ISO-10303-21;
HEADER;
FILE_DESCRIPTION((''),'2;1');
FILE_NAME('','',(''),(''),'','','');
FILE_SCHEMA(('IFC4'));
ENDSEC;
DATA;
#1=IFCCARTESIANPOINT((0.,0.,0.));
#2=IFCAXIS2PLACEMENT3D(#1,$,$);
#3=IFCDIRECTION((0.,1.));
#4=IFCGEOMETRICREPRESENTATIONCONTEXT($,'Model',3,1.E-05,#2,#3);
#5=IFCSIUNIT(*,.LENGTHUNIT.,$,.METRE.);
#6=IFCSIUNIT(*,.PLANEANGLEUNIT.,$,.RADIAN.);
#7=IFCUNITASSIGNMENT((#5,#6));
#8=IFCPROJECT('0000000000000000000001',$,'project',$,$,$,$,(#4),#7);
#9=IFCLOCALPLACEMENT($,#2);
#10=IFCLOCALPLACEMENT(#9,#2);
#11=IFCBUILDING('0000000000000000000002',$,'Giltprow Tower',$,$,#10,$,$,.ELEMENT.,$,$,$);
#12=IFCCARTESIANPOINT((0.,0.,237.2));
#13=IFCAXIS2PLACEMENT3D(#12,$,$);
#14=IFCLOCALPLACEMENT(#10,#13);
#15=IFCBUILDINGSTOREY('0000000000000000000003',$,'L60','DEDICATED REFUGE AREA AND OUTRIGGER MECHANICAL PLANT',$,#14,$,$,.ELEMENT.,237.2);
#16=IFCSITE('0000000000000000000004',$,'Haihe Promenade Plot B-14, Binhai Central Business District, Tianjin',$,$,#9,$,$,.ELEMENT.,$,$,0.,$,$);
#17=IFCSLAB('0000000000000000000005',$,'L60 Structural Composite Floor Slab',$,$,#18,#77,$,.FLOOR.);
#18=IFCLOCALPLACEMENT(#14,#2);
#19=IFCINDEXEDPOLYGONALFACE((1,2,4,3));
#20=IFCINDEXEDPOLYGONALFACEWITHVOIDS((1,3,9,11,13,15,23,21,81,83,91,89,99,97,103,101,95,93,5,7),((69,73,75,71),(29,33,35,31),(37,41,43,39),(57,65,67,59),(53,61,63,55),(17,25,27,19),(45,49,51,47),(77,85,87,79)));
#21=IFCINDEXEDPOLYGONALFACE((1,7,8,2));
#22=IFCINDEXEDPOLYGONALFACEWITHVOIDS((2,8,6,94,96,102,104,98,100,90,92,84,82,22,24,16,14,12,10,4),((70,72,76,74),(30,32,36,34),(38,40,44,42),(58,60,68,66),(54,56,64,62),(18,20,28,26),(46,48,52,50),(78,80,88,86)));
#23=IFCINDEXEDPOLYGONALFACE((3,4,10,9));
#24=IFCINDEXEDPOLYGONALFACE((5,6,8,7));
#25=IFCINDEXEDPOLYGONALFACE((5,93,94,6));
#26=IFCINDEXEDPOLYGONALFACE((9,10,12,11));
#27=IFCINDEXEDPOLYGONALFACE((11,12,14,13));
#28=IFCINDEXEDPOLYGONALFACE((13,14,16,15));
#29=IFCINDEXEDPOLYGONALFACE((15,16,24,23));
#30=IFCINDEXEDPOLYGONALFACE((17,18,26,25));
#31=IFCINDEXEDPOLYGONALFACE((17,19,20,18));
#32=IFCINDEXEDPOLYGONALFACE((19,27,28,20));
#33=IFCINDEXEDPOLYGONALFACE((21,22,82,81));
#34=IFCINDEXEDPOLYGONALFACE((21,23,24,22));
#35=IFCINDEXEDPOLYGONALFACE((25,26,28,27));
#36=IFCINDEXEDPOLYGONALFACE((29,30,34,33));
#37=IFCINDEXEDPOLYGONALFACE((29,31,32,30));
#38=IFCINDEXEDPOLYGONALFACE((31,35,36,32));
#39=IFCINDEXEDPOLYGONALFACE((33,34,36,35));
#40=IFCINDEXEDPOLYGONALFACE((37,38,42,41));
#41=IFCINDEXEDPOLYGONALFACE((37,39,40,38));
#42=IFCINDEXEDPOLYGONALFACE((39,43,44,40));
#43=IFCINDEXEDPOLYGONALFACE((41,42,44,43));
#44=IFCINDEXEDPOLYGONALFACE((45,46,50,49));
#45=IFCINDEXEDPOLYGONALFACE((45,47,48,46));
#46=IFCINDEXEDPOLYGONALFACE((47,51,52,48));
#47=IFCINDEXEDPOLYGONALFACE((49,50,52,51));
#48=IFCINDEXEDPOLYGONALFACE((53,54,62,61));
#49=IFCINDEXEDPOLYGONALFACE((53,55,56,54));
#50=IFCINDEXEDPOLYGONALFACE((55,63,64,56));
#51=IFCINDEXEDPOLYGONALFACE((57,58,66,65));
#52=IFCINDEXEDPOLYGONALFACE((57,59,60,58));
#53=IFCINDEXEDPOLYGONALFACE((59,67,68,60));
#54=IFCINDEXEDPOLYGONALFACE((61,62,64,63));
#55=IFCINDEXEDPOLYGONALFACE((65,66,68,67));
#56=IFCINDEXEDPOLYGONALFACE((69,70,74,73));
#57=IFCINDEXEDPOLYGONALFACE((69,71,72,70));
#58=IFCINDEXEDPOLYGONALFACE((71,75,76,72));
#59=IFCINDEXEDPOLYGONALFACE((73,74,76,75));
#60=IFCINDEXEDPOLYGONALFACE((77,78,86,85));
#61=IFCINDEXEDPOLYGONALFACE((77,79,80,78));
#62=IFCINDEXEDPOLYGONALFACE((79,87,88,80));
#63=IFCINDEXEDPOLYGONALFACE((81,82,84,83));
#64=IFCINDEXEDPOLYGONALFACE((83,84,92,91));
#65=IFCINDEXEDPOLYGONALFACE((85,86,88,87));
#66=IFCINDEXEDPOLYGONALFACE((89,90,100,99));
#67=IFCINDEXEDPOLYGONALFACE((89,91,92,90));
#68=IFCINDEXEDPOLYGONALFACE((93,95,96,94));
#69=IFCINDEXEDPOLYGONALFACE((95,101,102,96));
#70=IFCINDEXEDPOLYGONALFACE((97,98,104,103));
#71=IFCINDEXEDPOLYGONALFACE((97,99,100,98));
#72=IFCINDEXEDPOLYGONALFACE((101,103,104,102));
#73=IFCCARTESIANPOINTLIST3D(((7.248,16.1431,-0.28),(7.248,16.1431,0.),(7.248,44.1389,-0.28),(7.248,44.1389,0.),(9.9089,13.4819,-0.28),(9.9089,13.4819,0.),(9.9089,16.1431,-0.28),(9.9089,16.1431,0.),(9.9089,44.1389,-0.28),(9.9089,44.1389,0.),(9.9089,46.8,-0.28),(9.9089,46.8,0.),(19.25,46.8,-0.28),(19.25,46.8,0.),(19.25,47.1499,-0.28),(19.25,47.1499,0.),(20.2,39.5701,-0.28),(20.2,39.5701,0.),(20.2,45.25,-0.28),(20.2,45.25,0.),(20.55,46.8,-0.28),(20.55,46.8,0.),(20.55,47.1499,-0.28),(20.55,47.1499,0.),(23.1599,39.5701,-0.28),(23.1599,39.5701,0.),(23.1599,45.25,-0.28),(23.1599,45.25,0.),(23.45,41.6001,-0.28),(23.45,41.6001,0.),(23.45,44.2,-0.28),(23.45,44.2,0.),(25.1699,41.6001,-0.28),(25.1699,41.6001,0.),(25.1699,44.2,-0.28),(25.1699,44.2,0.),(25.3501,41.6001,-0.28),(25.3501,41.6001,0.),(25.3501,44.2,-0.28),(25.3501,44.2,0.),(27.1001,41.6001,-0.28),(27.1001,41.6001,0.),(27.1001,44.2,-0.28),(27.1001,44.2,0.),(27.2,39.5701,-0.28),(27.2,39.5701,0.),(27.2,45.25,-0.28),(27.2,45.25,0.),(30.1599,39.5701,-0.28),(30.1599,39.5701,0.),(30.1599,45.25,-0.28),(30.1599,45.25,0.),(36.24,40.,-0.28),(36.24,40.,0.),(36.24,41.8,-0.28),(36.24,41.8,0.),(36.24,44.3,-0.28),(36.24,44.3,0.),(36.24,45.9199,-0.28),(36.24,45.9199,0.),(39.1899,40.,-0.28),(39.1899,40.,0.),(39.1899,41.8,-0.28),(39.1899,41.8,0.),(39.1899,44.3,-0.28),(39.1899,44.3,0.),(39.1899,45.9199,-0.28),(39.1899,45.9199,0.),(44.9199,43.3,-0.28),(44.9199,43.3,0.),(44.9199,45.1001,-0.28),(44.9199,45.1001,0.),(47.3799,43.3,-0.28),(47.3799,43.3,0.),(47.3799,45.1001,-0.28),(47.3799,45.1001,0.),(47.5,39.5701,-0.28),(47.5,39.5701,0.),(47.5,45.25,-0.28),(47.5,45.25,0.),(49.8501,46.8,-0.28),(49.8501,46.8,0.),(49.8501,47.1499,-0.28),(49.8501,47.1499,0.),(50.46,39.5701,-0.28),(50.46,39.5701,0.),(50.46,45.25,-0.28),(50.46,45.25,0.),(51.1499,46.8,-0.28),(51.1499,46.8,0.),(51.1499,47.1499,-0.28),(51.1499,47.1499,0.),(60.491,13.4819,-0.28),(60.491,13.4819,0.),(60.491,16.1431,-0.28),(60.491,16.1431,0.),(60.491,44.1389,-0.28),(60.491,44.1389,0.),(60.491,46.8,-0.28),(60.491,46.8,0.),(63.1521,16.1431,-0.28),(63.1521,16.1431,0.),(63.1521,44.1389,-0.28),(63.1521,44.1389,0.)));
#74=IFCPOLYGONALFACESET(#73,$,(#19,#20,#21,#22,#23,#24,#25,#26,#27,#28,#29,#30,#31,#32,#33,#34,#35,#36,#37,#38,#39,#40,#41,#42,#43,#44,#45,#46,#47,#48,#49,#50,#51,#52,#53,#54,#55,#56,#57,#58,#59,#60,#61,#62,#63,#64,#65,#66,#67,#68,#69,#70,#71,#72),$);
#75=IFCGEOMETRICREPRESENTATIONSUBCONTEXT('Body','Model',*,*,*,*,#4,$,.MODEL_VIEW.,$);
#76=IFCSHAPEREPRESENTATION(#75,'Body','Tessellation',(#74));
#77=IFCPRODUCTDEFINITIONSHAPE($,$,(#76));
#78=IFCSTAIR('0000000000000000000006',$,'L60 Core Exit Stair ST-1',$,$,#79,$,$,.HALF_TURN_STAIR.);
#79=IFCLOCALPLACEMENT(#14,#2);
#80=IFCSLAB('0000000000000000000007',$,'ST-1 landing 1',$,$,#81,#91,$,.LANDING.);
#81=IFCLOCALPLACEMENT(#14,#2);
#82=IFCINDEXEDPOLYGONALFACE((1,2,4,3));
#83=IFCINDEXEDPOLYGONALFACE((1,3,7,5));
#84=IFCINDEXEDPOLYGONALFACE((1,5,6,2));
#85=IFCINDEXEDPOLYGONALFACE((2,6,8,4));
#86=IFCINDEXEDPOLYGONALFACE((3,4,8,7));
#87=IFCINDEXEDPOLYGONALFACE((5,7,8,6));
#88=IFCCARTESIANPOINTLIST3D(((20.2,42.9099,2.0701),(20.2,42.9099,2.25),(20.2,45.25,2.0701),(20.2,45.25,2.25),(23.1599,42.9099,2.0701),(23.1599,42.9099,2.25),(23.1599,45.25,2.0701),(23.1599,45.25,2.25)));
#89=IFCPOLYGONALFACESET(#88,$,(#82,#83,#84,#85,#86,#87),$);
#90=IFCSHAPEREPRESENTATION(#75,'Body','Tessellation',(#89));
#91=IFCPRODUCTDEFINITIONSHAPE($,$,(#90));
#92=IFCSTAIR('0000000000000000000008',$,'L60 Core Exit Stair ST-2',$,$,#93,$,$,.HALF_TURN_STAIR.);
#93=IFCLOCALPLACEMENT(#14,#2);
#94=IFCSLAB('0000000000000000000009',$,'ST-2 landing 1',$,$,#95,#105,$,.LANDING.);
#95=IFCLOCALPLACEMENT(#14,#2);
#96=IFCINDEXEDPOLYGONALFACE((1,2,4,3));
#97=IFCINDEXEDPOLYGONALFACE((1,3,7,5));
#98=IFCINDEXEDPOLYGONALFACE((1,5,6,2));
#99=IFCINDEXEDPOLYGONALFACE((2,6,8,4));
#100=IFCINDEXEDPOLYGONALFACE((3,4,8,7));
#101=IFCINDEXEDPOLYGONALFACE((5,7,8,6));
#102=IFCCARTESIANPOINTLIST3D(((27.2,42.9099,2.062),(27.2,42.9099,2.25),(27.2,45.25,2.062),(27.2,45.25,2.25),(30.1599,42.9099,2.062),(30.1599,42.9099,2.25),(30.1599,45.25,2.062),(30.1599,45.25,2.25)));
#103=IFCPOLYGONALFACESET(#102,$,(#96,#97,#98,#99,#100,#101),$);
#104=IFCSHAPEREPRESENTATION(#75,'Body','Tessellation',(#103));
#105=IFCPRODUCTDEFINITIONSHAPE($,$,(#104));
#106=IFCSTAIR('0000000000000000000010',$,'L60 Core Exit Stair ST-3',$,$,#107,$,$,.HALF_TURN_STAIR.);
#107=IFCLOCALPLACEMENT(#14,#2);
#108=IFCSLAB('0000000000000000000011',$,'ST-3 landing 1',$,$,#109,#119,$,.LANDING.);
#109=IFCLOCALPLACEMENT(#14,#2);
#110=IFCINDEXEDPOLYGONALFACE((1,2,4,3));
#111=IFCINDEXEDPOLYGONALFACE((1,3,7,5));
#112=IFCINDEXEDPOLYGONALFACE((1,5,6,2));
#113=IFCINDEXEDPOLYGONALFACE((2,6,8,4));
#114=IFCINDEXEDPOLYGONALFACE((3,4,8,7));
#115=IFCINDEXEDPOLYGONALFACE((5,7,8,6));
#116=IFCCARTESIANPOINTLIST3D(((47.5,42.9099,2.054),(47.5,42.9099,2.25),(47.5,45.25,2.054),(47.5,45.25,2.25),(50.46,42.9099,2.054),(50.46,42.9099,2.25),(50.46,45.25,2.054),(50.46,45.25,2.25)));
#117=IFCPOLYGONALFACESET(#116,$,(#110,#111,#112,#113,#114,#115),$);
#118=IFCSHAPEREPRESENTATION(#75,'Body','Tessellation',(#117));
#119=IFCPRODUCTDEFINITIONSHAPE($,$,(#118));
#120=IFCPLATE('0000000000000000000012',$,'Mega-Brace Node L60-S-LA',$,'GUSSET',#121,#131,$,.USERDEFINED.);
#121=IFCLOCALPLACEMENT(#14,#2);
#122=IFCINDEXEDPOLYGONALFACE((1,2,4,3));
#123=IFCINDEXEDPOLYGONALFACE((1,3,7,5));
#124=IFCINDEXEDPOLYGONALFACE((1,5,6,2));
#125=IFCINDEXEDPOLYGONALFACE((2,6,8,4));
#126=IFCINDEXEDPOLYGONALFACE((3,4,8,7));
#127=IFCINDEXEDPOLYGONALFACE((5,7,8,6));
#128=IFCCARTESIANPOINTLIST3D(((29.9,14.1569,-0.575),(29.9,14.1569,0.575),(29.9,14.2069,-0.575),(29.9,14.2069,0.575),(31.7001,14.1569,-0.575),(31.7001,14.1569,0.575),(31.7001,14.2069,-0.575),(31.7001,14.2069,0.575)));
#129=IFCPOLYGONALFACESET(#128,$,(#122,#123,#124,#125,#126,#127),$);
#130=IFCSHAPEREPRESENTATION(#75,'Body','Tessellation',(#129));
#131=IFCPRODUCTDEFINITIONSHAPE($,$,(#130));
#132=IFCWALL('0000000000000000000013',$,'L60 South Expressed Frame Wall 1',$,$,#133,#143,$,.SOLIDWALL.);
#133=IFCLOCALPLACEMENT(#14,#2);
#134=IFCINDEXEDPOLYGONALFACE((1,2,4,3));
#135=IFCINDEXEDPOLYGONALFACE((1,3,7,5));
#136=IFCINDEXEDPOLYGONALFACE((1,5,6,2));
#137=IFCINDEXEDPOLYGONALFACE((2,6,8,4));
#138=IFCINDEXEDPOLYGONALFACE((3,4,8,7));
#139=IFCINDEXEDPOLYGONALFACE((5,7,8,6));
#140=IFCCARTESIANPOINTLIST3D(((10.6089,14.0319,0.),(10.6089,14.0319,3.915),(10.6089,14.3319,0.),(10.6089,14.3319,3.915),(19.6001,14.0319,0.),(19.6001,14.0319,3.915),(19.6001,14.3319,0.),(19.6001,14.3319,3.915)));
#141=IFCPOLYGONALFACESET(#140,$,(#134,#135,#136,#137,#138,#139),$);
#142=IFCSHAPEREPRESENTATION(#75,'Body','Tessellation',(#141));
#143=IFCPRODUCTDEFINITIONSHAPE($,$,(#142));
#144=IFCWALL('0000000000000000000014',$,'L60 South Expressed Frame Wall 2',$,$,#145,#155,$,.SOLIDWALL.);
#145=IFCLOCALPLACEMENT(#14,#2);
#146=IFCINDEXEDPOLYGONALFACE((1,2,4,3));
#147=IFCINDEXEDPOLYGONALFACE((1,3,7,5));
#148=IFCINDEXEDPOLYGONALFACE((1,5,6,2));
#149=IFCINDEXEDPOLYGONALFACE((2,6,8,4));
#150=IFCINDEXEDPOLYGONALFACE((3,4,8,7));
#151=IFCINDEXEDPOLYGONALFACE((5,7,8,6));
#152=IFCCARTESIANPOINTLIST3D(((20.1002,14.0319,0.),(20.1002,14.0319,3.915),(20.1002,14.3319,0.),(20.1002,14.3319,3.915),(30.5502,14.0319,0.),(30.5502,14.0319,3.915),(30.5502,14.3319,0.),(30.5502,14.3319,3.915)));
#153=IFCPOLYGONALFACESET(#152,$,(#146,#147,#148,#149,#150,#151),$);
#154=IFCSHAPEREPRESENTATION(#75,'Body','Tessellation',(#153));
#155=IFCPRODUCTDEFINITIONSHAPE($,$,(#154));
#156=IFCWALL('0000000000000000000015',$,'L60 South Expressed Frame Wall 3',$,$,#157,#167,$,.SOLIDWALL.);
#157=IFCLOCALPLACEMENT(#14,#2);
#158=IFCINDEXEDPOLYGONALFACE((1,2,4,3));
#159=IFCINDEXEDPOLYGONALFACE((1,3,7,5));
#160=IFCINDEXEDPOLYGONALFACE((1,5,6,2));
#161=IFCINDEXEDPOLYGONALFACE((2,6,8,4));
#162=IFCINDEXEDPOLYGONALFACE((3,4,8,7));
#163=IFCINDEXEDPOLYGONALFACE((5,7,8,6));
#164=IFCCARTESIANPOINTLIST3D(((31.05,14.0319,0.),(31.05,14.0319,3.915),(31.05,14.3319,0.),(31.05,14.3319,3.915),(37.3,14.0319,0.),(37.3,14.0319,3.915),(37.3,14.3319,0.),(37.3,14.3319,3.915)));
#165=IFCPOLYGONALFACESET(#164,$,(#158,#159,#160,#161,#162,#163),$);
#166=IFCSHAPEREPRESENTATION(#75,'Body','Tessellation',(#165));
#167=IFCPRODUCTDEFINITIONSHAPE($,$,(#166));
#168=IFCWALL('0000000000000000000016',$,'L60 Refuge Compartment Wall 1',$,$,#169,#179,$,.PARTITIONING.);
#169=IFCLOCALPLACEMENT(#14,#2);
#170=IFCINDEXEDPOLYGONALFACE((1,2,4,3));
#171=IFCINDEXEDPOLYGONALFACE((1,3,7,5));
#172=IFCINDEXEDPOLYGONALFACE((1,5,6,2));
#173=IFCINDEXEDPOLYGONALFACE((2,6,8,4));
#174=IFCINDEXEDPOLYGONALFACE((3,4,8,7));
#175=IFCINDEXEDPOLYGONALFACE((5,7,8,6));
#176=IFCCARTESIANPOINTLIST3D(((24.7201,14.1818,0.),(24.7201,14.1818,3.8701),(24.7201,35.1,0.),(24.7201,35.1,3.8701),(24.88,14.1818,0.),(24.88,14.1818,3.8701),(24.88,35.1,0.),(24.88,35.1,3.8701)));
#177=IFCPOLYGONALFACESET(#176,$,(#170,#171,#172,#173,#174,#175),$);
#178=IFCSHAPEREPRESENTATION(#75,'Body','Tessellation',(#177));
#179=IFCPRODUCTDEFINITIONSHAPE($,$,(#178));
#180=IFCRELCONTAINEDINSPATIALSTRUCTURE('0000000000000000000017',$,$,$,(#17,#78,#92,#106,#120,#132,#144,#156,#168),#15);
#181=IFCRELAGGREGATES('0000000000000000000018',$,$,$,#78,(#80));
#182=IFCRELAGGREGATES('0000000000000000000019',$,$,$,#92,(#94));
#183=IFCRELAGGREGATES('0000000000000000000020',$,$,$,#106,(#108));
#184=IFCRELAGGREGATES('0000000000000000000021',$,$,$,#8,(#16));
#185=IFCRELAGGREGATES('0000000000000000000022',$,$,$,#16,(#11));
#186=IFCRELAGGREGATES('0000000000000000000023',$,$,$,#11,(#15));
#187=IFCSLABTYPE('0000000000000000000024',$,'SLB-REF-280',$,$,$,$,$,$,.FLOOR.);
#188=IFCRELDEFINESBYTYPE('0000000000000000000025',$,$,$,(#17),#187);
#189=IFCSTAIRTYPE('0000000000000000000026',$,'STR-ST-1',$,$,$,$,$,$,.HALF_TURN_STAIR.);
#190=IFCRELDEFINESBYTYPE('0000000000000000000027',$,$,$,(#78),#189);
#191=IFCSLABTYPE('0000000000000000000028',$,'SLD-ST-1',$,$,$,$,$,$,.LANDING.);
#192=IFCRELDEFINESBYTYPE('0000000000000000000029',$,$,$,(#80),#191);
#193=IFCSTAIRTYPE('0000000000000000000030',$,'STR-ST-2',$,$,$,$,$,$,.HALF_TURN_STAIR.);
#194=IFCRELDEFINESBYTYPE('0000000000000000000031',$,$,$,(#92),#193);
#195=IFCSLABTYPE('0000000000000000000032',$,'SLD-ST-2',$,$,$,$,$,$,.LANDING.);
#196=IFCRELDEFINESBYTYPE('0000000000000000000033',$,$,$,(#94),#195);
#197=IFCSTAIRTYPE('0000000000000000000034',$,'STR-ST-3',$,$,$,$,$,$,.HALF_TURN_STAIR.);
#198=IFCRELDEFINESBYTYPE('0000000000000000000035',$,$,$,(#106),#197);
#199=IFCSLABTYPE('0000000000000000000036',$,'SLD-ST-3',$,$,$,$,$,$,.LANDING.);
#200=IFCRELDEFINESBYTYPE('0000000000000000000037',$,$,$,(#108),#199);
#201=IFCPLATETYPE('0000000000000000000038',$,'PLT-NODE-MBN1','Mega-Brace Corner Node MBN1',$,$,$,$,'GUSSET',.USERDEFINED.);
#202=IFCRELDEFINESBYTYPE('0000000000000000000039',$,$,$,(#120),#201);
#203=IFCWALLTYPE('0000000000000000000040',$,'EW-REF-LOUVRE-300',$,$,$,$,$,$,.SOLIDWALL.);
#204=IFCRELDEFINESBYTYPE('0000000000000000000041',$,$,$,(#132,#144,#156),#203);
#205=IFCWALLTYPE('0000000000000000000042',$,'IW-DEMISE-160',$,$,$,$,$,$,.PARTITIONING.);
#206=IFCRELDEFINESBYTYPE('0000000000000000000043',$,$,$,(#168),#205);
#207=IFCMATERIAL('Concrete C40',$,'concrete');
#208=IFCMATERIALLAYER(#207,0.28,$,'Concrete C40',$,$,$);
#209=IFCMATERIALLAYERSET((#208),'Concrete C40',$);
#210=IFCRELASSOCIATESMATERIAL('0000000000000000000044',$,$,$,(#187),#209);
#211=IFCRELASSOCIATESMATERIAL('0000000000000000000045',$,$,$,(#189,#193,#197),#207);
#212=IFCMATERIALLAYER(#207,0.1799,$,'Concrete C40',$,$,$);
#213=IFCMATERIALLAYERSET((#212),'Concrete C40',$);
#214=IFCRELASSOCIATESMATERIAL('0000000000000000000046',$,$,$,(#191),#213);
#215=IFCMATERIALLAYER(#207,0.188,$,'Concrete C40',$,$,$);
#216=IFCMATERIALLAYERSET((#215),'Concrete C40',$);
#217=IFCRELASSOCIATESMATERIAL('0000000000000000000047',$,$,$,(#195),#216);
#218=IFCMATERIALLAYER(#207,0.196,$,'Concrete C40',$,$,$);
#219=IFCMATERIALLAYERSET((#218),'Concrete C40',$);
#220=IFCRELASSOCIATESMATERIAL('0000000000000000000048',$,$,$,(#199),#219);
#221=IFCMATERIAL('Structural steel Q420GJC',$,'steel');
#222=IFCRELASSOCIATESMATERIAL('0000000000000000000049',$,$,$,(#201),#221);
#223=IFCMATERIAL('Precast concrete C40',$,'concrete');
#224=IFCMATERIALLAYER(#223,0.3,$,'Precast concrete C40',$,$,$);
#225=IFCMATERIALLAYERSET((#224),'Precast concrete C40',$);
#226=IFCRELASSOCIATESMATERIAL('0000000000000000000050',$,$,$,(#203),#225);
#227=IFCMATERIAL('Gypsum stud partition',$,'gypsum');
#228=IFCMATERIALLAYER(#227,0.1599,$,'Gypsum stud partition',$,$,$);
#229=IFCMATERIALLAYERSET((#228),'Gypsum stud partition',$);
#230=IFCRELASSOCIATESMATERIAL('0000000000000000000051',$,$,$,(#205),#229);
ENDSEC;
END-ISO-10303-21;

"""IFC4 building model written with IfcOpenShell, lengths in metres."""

from ifc_helpers import new_model, si_unit, direction, frame, frame_2d, origin, origin_2d, place, context, subcontext, project, spatial, polyline, rectangle, outline, extrude, source, transform, mapped, material, layer, layer_set, type_object, element, aggregate, save


model = new_model("IFC4")

# Units and contexts
model_context = context("Model", 3, precision=1e-05, world=origin(), true_north=direction((0.0, 1.0)))
body_context = subcontext(model_context, "Body", "Model", "MODEL_VIEW")
ifc_project = project(units=[si_unit("LENGTHUNIT", "METRE"), si_unit("PLANEANGLEUNIT", "RADIAN")], contexts=[model_context])

# Site, building, storey
site_placement = place(None, origin())
site = spatial("IfcSite", under=ifc_project, at=site_placement, Name="Haihe Promenade Plot B-14, Binhai Central Business District, Tianjin", CompositionType="ELEMENT", RefElevation=0.0)
building_placement = place(site_placement, origin())
building = spatial("IfcBuilding", under=site, at=building_placement, Name="Giltprow Tower", CompositionType="ELEMENT")
storey_placement = place(building_placement, frame((0.0, 0.0, 237.2)))
storey = spatial("IfcBuildingStorey", under=building, at=storey_placement, Name="L60", Description="DEDICATED REFUGE AREA AND OUTRIGGER MECHANICAL PLANT", CompositionType="ELEMENT", Elevation=237.2)

# Shared definitions
ifc_material_1 = material(Name="Structural steel Q420GJC", Category="steel")

# Slab
ifc_material_2 = material(Name="Concrete C40", Category="concrete")
ifc_layer_1 = layer(ifc_material_2, 0.28, Name="Concrete C40")
ifc_layer_set_1 = layer_set([ifc_layer_1], Name="Concrete C40")
slab_type_1 = type_object("IfcSlabType", Name="SLB-REF-280", PredefinedType="FLOOR", material=ifc_layer_set_1)
slab_1_placement = place(storey_placement, frame((0.0, 0.0, -0.28)))
element("IfcSlab", 1, at=slab_1_placement, inside=storey, type_object=slab_type_1, Name="L60 Structural Composite Floor Slab", PredefinedType="FLOOR", context=body_context, shape_type="SweptSolid", body=[
    extrude(outline(polyline([(63.1521, 44.1389), (63.1521, 16.1431), (60.491, 16.1431), (60.491, 13.4819), (9.9089, 13.4819), (9.9089, 16.1431), (7.248, 16.1431), (7.248, 44.1389), (9.9089, 44.1389), (9.9089, 46.8), (19.25, 46.8), (19.25, 47.1499), (20.55, 47.1499), (20.55, 46.8), (49.8501, 46.8), (49.8501, 47.1499), (51.1499, 47.1499), (51.1499, 46.8), (60.491, 46.8), (60.491, 44.1389), (63.1521, 44.1389)]), holes=[polyline([(39.1899, 41.8), (36.24, 41.8), (36.24, 40.0), (39.1899, 40.0), (39.1899, 41.8)]), polyline([(23.1599, 45.25), (20.2, 45.25), (20.2, 39.5701), (23.1599, 39.5701), (23.1599, 45.25)]), polyline([(30.1599, 45.25), (27.2, 45.25), (27.2, 39.5701), (30.1599, 39.5701), (30.1599, 45.25)]), polyline([(50.46, 45.25), (47.5, 45.25), (47.5, 39.5701), (50.46, 39.5701), (50.46, 45.25)]), polyline([(25.1699, 44.2), (23.45, 44.2), (23.45, 41.6001), (25.1699, 41.6001), (25.1699, 44.2)]), polyline([(27.1001, 44.2), (25.3501, 44.2), (25.3501, 41.6001), (27.1001, 41.6001), (27.1001, 44.2)]), polyline([(47.3799, 45.1001), (44.9199, 45.1001), (44.9199, 43.3), (47.3799, 43.3), (47.3799, 45.1001)]), polyline([(39.1899, 45.9199), (36.24, 45.9199), (36.24, 44.3), (39.1899, 44.3), (39.1899, 45.9199)])]), origin(), (0.0, 0.0, 1.0), 0.28),
])

# Stairs, slabs
stair_type_1 = type_object("IfcStairType", Name="STR-ST-1", PredefinedType="HALF_TURN_STAIR", material=ifc_material_2)
stair_1_placement = place(storey_placement, origin())
stair_1 = element("IfcStair", 2, at=stair_1_placement, inside=storey, type_object=stair_type_1, Name="L60 Core Exit Stair ST-1", PredefinedType="HALF_TURN_STAIR")
ifc_layer_2 = layer(ifc_material_2, 0.1799, Name="Concrete C40")
ifc_layer_set_2 = layer_set([ifc_layer_2], Name="Concrete C40")
slab_type_2 = type_object("IfcSlabType", Name="SLD-ST-1", PredefinedType="LANDING", material=ifc_layer_set_2)
slab_2_placement = place(storey_placement, frame((0.0, 0.0, 2.0701)))
slab_2 = element("IfcSlab", 3, at=slab_2_placement, type_object=slab_type_2, Name="ST-1 landing 1", PredefinedType="LANDING", context=body_context, shape_type="SweptSolid", body=[
    extrude(outline(polyline([(23.1599, 42.9099), (23.1599, 45.25), (20.2, 45.25), (20.2, 42.9099), (23.1599, 42.9099)])), origin(), (0.0, 0.0, 1.0), 0.1799),
])
aggregate(stair_1, [slab_2])
stair_type_2 = type_object("IfcStairType", Name="STR-ST-2", PredefinedType="HALF_TURN_STAIR", material=ifc_material_2)
stair_2_placement = place(storey_placement, origin())
stair_2 = element("IfcStair", 4, at=stair_2_placement, inside=storey, type_object=stair_type_2, Name="L60 Core Exit Stair ST-2", PredefinedType="HALF_TURN_STAIR")
ifc_layer_3 = layer(ifc_material_2, 0.188, Name="Concrete C40")
ifc_layer_set_3 = layer_set([ifc_layer_3], Name="Concrete C40")
slab_type_3 = type_object("IfcSlabType", Name="SLD-ST-2", PredefinedType="LANDING", material=ifc_layer_set_3)
slab_3_placement = place(storey_placement, frame((0.0, 0.0, 2.062)))
slab_3 = element("IfcSlab", 5, at=slab_3_placement, type_object=slab_type_3, Name="ST-2 landing 1", PredefinedType="LANDING", context=body_context, shape_type="SweptSolid", body=[
    extrude(outline(polyline([(30.1599, 42.9099), (30.1599, 45.25), (27.2, 45.25), (27.2, 42.9099), (30.1599, 42.9099)])), origin(), (0.0, 0.0, 1.0), 0.188),
])
aggregate(stair_2, [slab_3])
stair_type_3 = type_object("IfcStairType", Name="STR-ST-3", PredefinedType="HALF_TURN_STAIR", material=ifc_material_2)
stair_3_placement = place(storey_placement, origin())
stair_3 = element("IfcStair", 6, at=stair_3_placement, inside=storey, type_object=stair_type_3, Name="L60 Core Exit Stair ST-3", PredefinedType="HALF_TURN_STAIR")
ifc_layer_4 = layer(ifc_material_2, 0.196, Name="Concrete C40")
ifc_layer_set_4 = layer_set([ifc_layer_4], Name="Concrete C40")
slab_type_4 = type_object("IfcSlabType", Name="SLD-ST-3", PredefinedType="LANDING", material=ifc_layer_set_4)
slab_4_placement = place(storey_placement, frame((0.0, 0.0, 2.054)))
slab_4 = element("IfcSlab", 7, at=slab_4_placement, type_object=slab_type_4, Name="ST-3 landing 1", PredefinedType="LANDING", context=body_context, shape_type="SweptSolid", body=[
    extrude(outline(polyline([(50.46, 42.9099), (50.46, 45.25), (47.5, 45.25), (47.5, 42.9099), (50.46, 42.9099)])), origin(), (0.0, 0.0, 1.0), 0.196),
])
aggregate(stair_3, [slab_4])

# Plate
plate_type = type_object("IfcPlateType", Name="PLT-NODE-MBN1", Description="Mega-Brace Corner Node MBN1", ElementType="GUSSET", PredefinedType="USERDEFINED", material=ifc_material_1)
shared_shape_1 = source(origin(), body_context, "Body", "SweptSolid", [
    extrude(rectangle(XDim=1.8, YDim=0.05, at=origin_2d()), origin(), (0.0, 0.0, 1.0), 1.1499),
])
plate_placement = place(storey_placement, frame((30.8, 14.1819, -0.575), z_axis=(0.0, 0.0, 1.0), x_axis=(1.0, 0.0, 0.0)))
element("IfcPlate", 8, at=plate_placement, inside=storey, type_object=plate_type, Name="Mega-Brace Node L60-S-LA", ObjectType="GUSSET", PredefinedType="USERDEFINED", context=body_context, shape_type="MappedRepresentation", body=[
    mapped(shared_shape_1, transform((0.0, 0.0, 0.0), x_axis=(1.0, 0.0, 0.0), y_axis=(0.0, 1.0, 0.0), z_axis=(0.0, 0.0, 1.0), scale=1.0)),
])

# Walls
ifc_material_3 = material(Name="Precast concrete C40", Category="concrete")
ifc_layer_5 = layer(ifc_material_3, 0.3, Name="Precast concrete C40")
ifc_layer_set_5 = layer_set([ifc_layer_5], Name="Precast concrete C40")
wall_type_1 = type_object("IfcWallType", Name="EW-REF-LOUVRE-300", PredefinedType="SOLIDWALL", material=ifc_layer_set_5)
wall_1_placement = place(storey_placement, frame((10.6089, 14.1819, 0.0), z_axis=(0.0, 0.0, 1.0), x_axis=(1.0, 0.0, 0.0)))
element("IfcWall", 9, at=wall_1_placement, inside=storey, type_object=wall_type_1, Name="L60 South Expressed Frame Wall 1", PredefinedType="SOLIDWALL", context=body_context, shape_type="SweptSolid", body=[
    extrude(rectangle(XDim=8.9912, YDim=0.3, at=frame_2d((4.4956, 0.0))), origin(), (0.0, 0.0, 1.0), 3.915),
])
wall_2_placement = place(storey_placement, frame((20.1001, 14.1819, 0.0), z_axis=(0.0, 0.0, 1.0), x_axis=(1.0, 0.0, 0.0)))
element("IfcWall", 10, at=wall_2_placement, inside=storey, type_object=wall_type_1, Name="L60 South Expressed Frame Wall 2", PredefinedType="SOLIDWALL", context=body_context, shape_type="SweptSolid", body=[
    extrude(rectangle(XDim=10.45, YDim=0.3, at=frame_2d((5.2251, 0.0))), origin(), (0.0, 0.0, 1.0), 3.915),
])
wall_3_placement = place(storey_placement, frame((31.05, 14.1819, 0.0), z_axis=(0.0, 0.0, 1.0), x_axis=(1.0, 0.0, 0.0)))
element("IfcWall", 11, at=wall_3_placement, inside=storey, type_object=wall_type_1, Name="L60 South Expressed Frame Wall 3", PredefinedType="SOLIDWALL", context=body_context, shape_type="SweptSolid", body=[
    extrude(rectangle(XDim=6.25, YDim=0.3, at=frame_2d((3.125, 0.0))), origin(), (0.0, 0.0, 1.0), 3.915),
])
ifc_material_4 = material(Name="Gypsum stud partition", Category="gypsum")
ifc_layer_6 = layer(ifc_material_4, 0.1599, Name="Gypsum stud partition")
ifc_layer_set_6 = layer_set([ifc_layer_6], Name="Gypsum stud partition")
wall_type_2 = type_object("IfcWallType", Name="IW-DEMISE-160", PredefinedType="PARTITIONING", material=ifc_layer_set_6)
wall_4_placement = place(storey_placement, frame((24.8, 14.1819, 0.0), z_axis=(0.0, 0.0, 1.0), x_axis=(0.0, 1.0, 0.0)))
element("IfcWall", 12, at=wall_4_placement, inside=storey, type_object=wall_type_2, Name="L60 Refuge Compartment Wall 1", PredefinedType="PARTITIONING", context=body_context, shape_type="SweptSolid", body=[
    extrude(rectangle(XDim=20.9182, YDim=0.1599, at=frame_2d((10.459, 0.0))), origin(), (0.0, 0.0, 1.0), 3.8701),
])

save(model, "model.ifc")
